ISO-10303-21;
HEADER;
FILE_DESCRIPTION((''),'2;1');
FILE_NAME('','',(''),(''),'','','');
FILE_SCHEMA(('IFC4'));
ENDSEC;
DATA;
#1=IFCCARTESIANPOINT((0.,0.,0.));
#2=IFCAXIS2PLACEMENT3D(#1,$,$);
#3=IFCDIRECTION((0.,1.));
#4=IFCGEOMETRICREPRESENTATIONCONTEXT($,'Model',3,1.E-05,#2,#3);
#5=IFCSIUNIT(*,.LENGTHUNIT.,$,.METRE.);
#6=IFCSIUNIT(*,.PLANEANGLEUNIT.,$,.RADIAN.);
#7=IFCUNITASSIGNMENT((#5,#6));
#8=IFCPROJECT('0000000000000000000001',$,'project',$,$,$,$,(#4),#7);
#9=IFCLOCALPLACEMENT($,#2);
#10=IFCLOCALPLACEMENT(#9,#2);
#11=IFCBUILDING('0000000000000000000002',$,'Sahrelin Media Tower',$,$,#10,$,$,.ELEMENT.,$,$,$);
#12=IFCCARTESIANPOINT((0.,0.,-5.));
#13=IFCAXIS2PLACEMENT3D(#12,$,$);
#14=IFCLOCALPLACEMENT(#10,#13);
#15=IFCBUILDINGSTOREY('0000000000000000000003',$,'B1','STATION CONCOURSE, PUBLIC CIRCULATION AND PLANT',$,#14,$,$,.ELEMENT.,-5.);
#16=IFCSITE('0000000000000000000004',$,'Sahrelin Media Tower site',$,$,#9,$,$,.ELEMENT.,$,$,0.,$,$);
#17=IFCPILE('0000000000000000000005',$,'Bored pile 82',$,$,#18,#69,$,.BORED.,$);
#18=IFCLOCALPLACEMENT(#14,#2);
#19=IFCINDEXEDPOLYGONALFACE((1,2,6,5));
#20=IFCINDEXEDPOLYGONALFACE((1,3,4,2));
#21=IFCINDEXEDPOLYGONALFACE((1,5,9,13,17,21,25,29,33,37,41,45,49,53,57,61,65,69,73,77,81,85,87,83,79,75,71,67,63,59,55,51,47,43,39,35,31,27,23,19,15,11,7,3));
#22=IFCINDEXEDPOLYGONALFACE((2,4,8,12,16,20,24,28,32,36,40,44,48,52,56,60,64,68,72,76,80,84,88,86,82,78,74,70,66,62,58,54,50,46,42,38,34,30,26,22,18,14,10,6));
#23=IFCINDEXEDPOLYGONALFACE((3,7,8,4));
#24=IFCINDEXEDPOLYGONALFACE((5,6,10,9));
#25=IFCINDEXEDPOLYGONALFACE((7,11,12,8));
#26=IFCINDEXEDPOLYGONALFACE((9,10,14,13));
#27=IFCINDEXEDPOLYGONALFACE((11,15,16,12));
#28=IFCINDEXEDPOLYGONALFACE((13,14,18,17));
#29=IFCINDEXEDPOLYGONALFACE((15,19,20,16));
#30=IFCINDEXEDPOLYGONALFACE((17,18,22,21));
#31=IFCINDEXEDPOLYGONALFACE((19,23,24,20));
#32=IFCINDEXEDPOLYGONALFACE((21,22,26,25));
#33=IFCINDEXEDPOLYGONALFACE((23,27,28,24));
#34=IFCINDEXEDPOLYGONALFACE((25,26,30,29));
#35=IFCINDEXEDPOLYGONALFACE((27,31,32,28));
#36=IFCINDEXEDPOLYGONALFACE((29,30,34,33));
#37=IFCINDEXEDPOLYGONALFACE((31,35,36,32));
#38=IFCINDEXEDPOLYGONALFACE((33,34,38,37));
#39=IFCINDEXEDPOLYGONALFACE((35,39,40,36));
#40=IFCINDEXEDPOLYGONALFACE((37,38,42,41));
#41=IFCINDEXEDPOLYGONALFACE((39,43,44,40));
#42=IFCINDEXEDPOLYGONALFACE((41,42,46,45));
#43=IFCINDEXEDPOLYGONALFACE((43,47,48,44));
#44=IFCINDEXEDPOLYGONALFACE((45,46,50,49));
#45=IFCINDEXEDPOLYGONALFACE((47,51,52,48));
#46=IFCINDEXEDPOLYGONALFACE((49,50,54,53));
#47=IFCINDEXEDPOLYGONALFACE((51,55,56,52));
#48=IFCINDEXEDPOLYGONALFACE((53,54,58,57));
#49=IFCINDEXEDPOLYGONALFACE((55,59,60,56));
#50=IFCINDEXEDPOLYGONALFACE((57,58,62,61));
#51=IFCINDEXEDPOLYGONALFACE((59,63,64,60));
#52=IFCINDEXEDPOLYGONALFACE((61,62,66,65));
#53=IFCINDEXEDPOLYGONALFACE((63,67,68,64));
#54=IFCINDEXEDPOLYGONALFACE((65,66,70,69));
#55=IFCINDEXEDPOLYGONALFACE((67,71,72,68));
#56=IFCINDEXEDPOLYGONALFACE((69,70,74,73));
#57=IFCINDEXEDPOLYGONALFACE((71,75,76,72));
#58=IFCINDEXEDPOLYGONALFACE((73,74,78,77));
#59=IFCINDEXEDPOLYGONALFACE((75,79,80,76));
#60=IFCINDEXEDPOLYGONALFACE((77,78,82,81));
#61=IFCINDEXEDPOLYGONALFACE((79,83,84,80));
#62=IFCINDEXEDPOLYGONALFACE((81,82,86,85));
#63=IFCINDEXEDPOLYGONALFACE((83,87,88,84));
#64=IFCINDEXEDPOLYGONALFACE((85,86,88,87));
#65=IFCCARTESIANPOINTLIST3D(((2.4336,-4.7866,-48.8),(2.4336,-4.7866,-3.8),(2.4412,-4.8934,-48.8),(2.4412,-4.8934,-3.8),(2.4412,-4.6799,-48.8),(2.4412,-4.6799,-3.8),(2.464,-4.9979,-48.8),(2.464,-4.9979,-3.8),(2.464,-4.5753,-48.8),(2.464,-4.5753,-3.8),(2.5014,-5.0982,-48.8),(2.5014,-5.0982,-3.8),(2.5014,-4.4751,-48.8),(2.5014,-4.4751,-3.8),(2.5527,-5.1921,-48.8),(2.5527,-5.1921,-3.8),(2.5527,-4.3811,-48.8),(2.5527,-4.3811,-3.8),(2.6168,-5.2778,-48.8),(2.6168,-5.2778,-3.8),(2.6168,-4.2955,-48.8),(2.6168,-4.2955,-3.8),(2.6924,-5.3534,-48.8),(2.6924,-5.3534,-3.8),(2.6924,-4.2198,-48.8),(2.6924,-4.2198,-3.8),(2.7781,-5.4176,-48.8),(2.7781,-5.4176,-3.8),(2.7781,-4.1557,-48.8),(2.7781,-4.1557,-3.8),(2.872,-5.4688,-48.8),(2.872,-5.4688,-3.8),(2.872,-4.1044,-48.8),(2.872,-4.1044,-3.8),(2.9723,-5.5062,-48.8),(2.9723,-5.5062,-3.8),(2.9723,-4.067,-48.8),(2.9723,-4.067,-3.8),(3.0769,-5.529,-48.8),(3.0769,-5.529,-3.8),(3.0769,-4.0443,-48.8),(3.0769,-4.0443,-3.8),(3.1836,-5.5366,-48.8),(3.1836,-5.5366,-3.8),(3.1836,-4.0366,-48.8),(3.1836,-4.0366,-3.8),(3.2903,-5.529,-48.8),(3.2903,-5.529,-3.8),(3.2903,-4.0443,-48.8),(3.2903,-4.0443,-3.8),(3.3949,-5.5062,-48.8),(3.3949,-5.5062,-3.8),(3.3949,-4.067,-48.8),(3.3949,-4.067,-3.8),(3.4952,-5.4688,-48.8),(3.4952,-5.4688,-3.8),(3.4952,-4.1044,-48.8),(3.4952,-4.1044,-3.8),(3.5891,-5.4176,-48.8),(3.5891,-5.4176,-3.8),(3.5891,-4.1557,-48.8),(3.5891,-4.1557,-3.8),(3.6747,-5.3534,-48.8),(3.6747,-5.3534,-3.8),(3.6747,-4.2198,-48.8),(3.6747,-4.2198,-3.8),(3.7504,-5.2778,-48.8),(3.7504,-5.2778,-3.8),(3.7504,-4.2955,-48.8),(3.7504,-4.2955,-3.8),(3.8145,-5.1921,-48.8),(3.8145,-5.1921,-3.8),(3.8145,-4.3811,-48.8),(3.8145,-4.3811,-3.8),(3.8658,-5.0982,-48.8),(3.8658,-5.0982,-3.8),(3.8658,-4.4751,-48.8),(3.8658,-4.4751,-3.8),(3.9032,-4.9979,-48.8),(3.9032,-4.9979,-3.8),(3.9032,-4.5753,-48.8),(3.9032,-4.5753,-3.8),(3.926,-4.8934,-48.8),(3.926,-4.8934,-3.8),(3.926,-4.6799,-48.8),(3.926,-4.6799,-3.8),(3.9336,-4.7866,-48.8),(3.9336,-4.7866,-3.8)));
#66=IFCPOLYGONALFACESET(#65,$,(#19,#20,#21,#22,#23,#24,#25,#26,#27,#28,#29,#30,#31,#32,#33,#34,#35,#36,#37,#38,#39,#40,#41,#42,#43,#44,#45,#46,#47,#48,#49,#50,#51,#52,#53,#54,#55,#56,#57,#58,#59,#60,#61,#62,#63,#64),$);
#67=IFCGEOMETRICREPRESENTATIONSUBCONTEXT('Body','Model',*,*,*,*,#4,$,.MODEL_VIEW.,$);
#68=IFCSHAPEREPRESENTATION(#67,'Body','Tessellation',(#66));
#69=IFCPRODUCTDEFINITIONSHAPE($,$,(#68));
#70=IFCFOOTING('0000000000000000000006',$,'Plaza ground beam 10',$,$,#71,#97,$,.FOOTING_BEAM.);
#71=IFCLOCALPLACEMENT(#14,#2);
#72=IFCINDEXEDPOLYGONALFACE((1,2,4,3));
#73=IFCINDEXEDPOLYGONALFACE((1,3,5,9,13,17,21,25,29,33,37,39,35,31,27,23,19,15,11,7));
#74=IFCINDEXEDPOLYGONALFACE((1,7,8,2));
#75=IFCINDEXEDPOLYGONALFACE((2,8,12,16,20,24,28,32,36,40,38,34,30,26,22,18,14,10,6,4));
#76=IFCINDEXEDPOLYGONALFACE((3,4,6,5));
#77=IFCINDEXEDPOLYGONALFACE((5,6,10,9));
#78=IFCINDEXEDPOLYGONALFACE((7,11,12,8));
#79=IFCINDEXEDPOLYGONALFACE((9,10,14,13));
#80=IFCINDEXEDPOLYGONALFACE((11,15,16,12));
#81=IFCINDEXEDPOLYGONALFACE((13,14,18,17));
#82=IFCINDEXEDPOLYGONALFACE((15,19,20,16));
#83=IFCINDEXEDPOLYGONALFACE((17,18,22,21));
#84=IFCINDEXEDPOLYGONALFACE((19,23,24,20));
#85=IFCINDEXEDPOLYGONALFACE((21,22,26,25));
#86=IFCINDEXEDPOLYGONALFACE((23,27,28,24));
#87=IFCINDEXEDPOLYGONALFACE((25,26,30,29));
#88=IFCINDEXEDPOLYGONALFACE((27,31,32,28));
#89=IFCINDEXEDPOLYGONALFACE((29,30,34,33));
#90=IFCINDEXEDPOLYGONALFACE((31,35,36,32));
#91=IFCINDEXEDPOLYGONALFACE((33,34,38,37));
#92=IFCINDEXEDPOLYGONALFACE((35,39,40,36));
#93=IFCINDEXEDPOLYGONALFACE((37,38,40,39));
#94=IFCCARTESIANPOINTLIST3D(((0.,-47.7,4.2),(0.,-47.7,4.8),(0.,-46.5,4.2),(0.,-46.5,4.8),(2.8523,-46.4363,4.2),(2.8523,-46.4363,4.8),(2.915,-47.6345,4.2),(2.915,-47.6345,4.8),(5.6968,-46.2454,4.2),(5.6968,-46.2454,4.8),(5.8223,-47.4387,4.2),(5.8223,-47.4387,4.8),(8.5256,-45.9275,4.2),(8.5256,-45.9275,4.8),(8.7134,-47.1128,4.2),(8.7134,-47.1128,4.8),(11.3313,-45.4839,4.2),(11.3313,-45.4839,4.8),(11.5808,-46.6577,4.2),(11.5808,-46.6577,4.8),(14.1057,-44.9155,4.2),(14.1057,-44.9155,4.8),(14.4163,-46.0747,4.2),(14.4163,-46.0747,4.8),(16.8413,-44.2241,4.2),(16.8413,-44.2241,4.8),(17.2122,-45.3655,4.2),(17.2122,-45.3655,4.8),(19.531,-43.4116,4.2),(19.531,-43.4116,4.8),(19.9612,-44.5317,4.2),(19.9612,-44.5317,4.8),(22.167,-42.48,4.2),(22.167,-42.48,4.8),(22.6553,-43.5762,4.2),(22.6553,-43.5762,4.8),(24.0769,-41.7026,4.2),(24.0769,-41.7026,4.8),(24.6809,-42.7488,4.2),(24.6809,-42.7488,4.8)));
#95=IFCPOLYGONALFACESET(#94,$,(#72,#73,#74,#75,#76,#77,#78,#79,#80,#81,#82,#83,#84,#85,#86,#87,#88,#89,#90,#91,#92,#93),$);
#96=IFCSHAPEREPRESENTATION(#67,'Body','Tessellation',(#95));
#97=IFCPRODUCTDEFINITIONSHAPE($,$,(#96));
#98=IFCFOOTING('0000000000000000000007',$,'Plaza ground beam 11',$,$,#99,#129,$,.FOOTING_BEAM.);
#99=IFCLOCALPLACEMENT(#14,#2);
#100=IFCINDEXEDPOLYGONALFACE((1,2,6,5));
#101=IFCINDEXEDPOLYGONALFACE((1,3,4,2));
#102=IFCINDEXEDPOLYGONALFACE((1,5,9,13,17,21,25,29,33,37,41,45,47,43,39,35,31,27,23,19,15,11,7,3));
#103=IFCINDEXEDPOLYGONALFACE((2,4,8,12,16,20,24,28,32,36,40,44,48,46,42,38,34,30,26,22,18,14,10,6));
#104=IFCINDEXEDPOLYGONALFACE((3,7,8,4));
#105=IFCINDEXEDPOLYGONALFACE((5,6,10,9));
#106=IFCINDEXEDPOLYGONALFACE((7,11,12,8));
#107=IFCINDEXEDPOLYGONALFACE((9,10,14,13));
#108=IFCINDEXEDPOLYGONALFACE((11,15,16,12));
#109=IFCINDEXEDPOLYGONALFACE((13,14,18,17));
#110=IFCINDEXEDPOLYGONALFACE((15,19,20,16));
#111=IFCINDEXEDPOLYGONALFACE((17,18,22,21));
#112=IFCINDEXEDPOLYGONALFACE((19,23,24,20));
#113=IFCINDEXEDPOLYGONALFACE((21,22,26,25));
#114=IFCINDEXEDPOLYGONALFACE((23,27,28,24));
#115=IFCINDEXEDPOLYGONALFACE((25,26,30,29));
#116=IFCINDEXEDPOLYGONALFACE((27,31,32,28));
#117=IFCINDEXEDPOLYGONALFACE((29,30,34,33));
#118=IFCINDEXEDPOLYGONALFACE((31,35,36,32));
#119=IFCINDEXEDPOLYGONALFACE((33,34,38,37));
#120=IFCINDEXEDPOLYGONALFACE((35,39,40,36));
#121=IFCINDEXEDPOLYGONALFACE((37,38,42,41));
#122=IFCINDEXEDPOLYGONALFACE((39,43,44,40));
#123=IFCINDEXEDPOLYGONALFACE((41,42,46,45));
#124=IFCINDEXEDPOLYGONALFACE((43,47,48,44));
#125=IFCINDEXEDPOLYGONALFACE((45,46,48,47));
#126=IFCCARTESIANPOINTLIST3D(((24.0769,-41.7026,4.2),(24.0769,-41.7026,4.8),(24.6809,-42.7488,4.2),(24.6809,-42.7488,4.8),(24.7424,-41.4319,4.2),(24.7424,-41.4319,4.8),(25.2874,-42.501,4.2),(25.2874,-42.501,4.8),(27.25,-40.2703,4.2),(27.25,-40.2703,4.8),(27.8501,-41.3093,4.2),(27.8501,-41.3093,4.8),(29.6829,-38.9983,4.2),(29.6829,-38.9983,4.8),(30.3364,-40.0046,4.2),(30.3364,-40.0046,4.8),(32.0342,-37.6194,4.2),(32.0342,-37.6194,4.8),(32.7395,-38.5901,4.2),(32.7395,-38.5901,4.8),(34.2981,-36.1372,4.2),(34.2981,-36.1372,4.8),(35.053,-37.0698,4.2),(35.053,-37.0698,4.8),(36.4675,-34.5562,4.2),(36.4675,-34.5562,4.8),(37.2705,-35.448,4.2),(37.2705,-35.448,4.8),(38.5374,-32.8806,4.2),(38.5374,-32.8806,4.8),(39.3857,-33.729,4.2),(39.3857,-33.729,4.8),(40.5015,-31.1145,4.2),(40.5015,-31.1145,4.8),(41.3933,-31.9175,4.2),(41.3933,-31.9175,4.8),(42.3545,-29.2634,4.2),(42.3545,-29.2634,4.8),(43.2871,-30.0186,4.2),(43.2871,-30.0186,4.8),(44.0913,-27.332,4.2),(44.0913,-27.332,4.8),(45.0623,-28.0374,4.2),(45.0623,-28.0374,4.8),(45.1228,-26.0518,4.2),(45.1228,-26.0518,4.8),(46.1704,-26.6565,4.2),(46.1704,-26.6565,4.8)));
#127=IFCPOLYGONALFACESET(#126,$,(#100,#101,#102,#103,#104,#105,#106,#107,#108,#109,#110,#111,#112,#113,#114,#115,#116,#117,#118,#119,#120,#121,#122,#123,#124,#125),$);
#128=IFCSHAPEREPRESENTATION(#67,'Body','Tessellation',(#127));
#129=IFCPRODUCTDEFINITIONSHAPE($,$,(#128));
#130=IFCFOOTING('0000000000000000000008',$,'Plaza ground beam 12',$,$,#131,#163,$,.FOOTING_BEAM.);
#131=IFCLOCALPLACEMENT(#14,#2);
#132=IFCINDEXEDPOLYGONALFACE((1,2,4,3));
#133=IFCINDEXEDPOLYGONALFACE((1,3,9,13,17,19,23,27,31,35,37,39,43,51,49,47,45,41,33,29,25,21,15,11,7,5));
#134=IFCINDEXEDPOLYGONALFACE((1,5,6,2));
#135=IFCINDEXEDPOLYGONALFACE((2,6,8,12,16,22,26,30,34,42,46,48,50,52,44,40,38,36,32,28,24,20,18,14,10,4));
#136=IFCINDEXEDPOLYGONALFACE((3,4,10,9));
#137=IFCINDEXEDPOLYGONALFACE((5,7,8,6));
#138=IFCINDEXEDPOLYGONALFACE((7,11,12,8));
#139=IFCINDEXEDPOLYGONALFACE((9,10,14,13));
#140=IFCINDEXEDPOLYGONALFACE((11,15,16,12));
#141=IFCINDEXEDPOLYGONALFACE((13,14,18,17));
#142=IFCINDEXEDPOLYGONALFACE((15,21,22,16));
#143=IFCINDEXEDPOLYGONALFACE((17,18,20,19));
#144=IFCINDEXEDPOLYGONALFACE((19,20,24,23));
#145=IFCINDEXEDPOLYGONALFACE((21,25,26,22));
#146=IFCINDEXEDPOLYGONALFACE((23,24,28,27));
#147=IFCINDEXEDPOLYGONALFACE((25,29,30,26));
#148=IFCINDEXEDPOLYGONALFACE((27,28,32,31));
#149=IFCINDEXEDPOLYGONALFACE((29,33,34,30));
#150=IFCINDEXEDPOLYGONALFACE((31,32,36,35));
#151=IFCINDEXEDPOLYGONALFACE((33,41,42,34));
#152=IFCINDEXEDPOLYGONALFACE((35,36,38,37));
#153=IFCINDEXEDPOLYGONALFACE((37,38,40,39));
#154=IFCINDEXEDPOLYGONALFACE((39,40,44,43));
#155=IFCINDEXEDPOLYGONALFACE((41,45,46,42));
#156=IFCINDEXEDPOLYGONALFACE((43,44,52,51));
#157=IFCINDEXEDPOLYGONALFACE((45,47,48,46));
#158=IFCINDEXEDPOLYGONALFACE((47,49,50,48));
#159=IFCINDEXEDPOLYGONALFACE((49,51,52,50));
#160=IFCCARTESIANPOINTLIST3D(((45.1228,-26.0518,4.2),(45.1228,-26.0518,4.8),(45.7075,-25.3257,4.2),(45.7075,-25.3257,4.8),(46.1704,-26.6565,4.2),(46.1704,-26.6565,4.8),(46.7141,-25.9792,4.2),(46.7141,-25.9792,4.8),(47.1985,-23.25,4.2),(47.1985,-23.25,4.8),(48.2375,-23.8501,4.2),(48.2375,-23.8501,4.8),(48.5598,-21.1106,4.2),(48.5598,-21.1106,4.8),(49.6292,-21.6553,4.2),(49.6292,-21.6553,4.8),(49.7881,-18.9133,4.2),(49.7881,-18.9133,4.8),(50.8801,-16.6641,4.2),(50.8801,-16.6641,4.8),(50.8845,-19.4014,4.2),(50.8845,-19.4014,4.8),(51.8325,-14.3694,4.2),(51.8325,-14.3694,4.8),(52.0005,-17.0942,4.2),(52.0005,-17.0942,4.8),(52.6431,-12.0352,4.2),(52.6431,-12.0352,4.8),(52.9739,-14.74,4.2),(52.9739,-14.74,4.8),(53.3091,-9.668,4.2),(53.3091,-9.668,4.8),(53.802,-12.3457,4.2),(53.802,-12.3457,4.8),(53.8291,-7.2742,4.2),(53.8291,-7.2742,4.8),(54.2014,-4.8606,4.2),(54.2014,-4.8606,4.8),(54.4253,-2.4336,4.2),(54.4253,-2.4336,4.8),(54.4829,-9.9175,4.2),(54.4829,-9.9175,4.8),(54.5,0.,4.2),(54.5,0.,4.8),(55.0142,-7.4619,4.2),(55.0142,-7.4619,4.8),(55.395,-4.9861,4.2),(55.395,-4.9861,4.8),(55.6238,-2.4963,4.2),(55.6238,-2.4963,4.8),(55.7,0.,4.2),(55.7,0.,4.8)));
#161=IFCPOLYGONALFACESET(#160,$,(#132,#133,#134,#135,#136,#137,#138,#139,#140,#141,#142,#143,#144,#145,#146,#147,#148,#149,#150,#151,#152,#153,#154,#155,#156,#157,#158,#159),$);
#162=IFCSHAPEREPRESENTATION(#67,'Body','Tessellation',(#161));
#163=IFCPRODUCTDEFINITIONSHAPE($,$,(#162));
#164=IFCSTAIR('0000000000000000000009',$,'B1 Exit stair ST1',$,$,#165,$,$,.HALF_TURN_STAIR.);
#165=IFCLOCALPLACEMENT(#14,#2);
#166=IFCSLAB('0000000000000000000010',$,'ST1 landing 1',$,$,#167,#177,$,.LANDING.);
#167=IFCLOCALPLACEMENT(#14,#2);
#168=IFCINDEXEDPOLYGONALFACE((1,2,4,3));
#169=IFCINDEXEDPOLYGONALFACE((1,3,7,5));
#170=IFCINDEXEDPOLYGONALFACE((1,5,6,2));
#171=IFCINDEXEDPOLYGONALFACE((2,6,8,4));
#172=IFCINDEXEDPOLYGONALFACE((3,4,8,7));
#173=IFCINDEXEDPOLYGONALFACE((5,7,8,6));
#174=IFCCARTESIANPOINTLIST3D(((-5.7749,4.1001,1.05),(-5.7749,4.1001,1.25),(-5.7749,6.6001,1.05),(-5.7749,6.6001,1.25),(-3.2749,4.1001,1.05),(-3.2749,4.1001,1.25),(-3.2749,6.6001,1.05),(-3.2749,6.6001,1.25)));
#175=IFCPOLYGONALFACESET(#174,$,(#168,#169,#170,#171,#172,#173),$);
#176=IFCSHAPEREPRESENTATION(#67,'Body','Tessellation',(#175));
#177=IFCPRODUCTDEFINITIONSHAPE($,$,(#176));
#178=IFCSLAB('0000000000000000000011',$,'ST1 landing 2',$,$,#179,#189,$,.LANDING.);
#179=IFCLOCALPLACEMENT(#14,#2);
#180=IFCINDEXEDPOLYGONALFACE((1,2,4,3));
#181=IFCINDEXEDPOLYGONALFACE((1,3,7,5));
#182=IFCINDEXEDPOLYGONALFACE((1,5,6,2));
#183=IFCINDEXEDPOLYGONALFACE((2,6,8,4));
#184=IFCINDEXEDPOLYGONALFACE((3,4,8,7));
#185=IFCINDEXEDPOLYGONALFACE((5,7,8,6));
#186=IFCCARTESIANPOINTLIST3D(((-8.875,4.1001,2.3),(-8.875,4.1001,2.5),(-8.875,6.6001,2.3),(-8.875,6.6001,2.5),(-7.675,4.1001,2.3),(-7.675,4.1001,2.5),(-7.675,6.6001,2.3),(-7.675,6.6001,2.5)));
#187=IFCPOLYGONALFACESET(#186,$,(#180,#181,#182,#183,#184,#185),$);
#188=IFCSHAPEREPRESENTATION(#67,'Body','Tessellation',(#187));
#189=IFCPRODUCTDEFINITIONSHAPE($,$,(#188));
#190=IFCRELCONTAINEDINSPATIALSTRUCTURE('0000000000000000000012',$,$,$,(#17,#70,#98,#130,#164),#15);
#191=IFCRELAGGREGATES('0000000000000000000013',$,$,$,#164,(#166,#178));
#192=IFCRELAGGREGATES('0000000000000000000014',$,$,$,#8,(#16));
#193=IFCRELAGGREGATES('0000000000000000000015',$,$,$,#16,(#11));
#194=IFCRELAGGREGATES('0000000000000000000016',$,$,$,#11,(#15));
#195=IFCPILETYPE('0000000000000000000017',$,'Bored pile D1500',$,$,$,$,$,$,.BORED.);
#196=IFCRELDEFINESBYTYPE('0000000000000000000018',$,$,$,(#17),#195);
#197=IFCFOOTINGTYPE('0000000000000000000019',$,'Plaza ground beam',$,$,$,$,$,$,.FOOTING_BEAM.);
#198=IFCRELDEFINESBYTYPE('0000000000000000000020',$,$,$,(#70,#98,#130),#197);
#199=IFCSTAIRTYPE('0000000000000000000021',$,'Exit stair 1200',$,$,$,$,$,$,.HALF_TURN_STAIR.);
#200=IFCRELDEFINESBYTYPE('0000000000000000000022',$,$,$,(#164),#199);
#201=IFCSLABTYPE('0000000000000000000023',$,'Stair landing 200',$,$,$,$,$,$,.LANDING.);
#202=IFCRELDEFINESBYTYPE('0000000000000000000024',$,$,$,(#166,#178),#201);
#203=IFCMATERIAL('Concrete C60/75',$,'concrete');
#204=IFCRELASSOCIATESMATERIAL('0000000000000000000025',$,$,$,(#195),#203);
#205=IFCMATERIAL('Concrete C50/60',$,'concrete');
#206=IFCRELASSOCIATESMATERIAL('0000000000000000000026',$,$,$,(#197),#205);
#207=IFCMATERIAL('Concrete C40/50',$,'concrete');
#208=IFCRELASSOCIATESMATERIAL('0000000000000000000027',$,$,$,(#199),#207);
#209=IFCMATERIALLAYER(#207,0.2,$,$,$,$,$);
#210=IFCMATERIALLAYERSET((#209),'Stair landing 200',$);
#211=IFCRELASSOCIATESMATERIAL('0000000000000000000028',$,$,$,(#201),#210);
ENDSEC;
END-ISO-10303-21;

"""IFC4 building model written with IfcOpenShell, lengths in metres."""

from ifc_helpers import new_model, si_unit, direction, frame, origin, origin_2d, place, context, subcontext, project, spatial, polyline, circle, outline, extrude, material, layer, layer_set, material_profile, profile_set, type_object, element, aggregate, save


model = new_model("IFC4")

# Units and contexts
model_context = context("Model", 3, precision=1e-05, world=origin(), true_north=direction((0.0, 1.0)))
body_context = subcontext(model_context, "Body", "Model", "MODEL_VIEW")
ifc_project = project(units=[si_unit("LENGTHUNIT", "METRE"), si_unit("PLANEANGLEUNIT", "RADIAN")], contexts=[model_context])

# Site, building, storey
site_placement = place(None, origin())
site = spatial("IfcSite", under=ifc_project, at=site_placement, Name="Sahrelin Media Tower site", CompositionType="ELEMENT", RefElevation=0.0)
building_placement = place(site_placement, origin())
building = spatial("IfcBuilding", under=site, at=building_placement, Name="Sahrelin Media Tower", CompositionType="ELEMENT")
storey_placement = place(building_placement, frame((0.0, 0.0, -5.0)))
storey = spatial("IfcBuildingStorey", under=building, at=storey_placement, Name="B1", Description="STATION CONCOURSE, PUBLIC CIRCULATION AND PLANT", CompositionType="ELEMENT", Elevation=-5.0)

# Pile
ifc_material_1 = material(Name="Concrete C60/75", Category="concrete")
ifc_material_profile = material_profile(ifc_material_1, circle(Radius=0.75, at=origin_2d()), Name="Bored pile D1500")
ifc_profile_set = profile_set([ifc_material_profile], Name="Concrete C60/75")
pile_type = type_object("IfcPileType", Name="Bored pile D1500", PredefinedType="BORED", material=ifc_profile_set)
pile_placement = place(storey_placement, frame((3.1836, -4.7866, -3.8), z_axis=(0.0, 0.0, -1.0), x_axis=(1.0, 0.0, 0.0)))
element("IfcPile", 1, at=pile_placement, inside=storey, type_object=pile_type, Name="Bored pile 82", PredefinedType="BORED", context=body_context, shape_type="SweptSolid", body=[
    extrude(circle(Radius=0.75, at=origin_2d()), origin(), (0.0, 0.0, 1.0), 45.0),
])

# Footings
ifc_material_2 = material(Name="Concrete C50/60", Category="concrete")
footing_type = type_object("IfcFootingType", Name="Plaza ground beam", PredefinedType="FOOTING_BEAM", material=ifc_material_2)
placement_1 = place(storey_placement, frame((0.0, 0.0, 4.2)))
element("IfcFooting", 2, at=placement_1, inside=storey, type_object=footing_type, Name="Plaza ground beam 10", PredefinedType="FOOTING_BEAM", context=body_context, shape_type="SweptSolid", body=[
    extrude(outline(polyline([(24.6809, -42.7488), (24.0769, -41.7026), (22.167, -42.48), (19.531, -43.4116), (16.8413, -44.2241), (14.1057, -44.9155), (11.3313, -45.4839), (8.5256, -45.9275), (5.6968, -46.2454), (2.8523, -46.4363), (0.0, -46.5), (0.0, -47.7), (2.915, -47.6345), (5.8223, -47.4387), (8.7134, -47.1128), (11.5808, -46.6577), (14.4163, -46.0747), (17.2122, -45.3655), (19.9612, -44.5317), (22.6553, -43.5762), (24.6809, -42.7488)])), origin(), (0.0, 0.0, 1.0), 0.6001),
])
element("IfcFooting", 3, at=placement_1, inside=storey, type_object=footing_type, Name="Plaza ground beam 11", PredefinedType="FOOTING_BEAM", context=body_context, shape_type="SweptSolid", body=[
    extrude(outline(polyline([(46.1704, -26.6565), (45.1228, -26.0518), (44.0913, -27.332), (42.3545, -29.2634), (40.5015, -31.1145), (38.5374, -32.8806), (36.4675, -34.5562), (34.2981, -36.1372), (32.0342, -37.6194), (29.6829, -38.9983), (27.25, -40.2703), (24.7424, -41.4319), (24.0769, -41.7026), (24.6809, -42.7488), (25.2874, -42.501), (27.8501, -41.3093), (30.3364, -40.0046), (32.7395, -38.5901), (35.053, -37.0698), (37.2705, -35.448), (39.3857, -33.729), (41.3933, -31.9175), (43.2871, -30.0186), (45.0623, -28.0374), (46.1704, -26.6565)])), origin(), (0.0, 0.0, 1.0), 0.6001),
])
element("IfcFooting", 4, at=placement_1, inside=storey, type_object=footing_type, Name="Plaza ground beam 12", PredefinedType="FOOTING_BEAM", context=body_context, shape_type="SweptSolid", body=[
    extrude(outline(polyline([(55.6238, -2.4963), (55.7, 0.0), (54.5, 0.0), (54.4253, -2.4336), (54.2014, -4.8606), (53.8291, -7.2742), (53.3091, -9.668), (52.6431, -12.0352), (51.8325, -14.3694), (50.8801, -16.6641), (49.7881, -18.9133), (48.5598, -21.1106), (47.1985, -23.25), (45.7075, -25.3257), (45.1228, -26.0518), (46.1704, -26.6565), (46.7141, -25.9792), (48.2375, -23.8501), (49.6292, -21.6553), (50.8845, -19.4014), (52.0005, -17.0942), (52.9739, -14.74), (53.802, -12.3457), (54.4829, -9.9175), (55.0142, -7.4619), (55.395, -4.9861), (55.6238, -2.4963)])), origin(), (0.0, 0.0, 1.0), 0.6001),
])

# Shared definitions
ifc_material_3 = material(Name="Concrete C40/50", Category="concrete")

# Stair, slabs
stair_type = type_object("IfcStairType", Name="Exit stair 1200", PredefinedType="HALF_TURN_STAIR", material=ifc_material_3)
placement_2 = place(storey_placement, origin())
stair_1 = element("IfcStair", 5, at=placement_2, inside=storey, type_object=stair_type, Name="B1 Exit stair ST1", PredefinedType="HALF_TURN_STAIR")
ifc_layer_1 = layer(ifc_material_3, 0.2)
ifc_layer_set_1 = layer_set([ifc_layer_1], Name="Stair landing 200")
slab_type_1 = type_object("IfcSlabType", Name="Stair landing 200", PredefinedType="LANDING", material=ifc_layer_set_1)
placement_3 = place(storey_placement, frame((0.0, 0.0, 1.05)))
slab_1 = element("IfcSlab", 6, at=placement_3, type_object=slab_type_1, Name="ST1 landing 1", PredefinedType="LANDING", context=body_context, shape_type="SweptSolid", body=[
    extrude(outline(polyline([(-5.7749, 4.1001), (-3.2749, 4.1001), (-3.2749, 6.6001), (-5.7749, 6.6001), (-5.7749, 4.1001)])), origin(), (0.0, 0.0, 1.0), 0.2),
])
placement_4 = place(storey_placement, frame((0.0, 0.0, 2.3)))
slab_2 = element("IfcSlab", 7, at=placement_4, type_object=slab_type_1, Name="ST1 landing 2", PredefinedType="LANDING", context=body_context, shape_type="SweptSolid", body=[
    extrude(outline(polyline([(-8.875, 4.1001), (-7.675, 4.1001), (-7.675, 6.6001), (-8.875, 6.6001), (-8.875, 4.1001)])), origin(), (0.0, 0.0, 1.0), 0.2),
])
aggregate(stair_1, [slab_1, slab_2])

save(model, "model.ifc")
